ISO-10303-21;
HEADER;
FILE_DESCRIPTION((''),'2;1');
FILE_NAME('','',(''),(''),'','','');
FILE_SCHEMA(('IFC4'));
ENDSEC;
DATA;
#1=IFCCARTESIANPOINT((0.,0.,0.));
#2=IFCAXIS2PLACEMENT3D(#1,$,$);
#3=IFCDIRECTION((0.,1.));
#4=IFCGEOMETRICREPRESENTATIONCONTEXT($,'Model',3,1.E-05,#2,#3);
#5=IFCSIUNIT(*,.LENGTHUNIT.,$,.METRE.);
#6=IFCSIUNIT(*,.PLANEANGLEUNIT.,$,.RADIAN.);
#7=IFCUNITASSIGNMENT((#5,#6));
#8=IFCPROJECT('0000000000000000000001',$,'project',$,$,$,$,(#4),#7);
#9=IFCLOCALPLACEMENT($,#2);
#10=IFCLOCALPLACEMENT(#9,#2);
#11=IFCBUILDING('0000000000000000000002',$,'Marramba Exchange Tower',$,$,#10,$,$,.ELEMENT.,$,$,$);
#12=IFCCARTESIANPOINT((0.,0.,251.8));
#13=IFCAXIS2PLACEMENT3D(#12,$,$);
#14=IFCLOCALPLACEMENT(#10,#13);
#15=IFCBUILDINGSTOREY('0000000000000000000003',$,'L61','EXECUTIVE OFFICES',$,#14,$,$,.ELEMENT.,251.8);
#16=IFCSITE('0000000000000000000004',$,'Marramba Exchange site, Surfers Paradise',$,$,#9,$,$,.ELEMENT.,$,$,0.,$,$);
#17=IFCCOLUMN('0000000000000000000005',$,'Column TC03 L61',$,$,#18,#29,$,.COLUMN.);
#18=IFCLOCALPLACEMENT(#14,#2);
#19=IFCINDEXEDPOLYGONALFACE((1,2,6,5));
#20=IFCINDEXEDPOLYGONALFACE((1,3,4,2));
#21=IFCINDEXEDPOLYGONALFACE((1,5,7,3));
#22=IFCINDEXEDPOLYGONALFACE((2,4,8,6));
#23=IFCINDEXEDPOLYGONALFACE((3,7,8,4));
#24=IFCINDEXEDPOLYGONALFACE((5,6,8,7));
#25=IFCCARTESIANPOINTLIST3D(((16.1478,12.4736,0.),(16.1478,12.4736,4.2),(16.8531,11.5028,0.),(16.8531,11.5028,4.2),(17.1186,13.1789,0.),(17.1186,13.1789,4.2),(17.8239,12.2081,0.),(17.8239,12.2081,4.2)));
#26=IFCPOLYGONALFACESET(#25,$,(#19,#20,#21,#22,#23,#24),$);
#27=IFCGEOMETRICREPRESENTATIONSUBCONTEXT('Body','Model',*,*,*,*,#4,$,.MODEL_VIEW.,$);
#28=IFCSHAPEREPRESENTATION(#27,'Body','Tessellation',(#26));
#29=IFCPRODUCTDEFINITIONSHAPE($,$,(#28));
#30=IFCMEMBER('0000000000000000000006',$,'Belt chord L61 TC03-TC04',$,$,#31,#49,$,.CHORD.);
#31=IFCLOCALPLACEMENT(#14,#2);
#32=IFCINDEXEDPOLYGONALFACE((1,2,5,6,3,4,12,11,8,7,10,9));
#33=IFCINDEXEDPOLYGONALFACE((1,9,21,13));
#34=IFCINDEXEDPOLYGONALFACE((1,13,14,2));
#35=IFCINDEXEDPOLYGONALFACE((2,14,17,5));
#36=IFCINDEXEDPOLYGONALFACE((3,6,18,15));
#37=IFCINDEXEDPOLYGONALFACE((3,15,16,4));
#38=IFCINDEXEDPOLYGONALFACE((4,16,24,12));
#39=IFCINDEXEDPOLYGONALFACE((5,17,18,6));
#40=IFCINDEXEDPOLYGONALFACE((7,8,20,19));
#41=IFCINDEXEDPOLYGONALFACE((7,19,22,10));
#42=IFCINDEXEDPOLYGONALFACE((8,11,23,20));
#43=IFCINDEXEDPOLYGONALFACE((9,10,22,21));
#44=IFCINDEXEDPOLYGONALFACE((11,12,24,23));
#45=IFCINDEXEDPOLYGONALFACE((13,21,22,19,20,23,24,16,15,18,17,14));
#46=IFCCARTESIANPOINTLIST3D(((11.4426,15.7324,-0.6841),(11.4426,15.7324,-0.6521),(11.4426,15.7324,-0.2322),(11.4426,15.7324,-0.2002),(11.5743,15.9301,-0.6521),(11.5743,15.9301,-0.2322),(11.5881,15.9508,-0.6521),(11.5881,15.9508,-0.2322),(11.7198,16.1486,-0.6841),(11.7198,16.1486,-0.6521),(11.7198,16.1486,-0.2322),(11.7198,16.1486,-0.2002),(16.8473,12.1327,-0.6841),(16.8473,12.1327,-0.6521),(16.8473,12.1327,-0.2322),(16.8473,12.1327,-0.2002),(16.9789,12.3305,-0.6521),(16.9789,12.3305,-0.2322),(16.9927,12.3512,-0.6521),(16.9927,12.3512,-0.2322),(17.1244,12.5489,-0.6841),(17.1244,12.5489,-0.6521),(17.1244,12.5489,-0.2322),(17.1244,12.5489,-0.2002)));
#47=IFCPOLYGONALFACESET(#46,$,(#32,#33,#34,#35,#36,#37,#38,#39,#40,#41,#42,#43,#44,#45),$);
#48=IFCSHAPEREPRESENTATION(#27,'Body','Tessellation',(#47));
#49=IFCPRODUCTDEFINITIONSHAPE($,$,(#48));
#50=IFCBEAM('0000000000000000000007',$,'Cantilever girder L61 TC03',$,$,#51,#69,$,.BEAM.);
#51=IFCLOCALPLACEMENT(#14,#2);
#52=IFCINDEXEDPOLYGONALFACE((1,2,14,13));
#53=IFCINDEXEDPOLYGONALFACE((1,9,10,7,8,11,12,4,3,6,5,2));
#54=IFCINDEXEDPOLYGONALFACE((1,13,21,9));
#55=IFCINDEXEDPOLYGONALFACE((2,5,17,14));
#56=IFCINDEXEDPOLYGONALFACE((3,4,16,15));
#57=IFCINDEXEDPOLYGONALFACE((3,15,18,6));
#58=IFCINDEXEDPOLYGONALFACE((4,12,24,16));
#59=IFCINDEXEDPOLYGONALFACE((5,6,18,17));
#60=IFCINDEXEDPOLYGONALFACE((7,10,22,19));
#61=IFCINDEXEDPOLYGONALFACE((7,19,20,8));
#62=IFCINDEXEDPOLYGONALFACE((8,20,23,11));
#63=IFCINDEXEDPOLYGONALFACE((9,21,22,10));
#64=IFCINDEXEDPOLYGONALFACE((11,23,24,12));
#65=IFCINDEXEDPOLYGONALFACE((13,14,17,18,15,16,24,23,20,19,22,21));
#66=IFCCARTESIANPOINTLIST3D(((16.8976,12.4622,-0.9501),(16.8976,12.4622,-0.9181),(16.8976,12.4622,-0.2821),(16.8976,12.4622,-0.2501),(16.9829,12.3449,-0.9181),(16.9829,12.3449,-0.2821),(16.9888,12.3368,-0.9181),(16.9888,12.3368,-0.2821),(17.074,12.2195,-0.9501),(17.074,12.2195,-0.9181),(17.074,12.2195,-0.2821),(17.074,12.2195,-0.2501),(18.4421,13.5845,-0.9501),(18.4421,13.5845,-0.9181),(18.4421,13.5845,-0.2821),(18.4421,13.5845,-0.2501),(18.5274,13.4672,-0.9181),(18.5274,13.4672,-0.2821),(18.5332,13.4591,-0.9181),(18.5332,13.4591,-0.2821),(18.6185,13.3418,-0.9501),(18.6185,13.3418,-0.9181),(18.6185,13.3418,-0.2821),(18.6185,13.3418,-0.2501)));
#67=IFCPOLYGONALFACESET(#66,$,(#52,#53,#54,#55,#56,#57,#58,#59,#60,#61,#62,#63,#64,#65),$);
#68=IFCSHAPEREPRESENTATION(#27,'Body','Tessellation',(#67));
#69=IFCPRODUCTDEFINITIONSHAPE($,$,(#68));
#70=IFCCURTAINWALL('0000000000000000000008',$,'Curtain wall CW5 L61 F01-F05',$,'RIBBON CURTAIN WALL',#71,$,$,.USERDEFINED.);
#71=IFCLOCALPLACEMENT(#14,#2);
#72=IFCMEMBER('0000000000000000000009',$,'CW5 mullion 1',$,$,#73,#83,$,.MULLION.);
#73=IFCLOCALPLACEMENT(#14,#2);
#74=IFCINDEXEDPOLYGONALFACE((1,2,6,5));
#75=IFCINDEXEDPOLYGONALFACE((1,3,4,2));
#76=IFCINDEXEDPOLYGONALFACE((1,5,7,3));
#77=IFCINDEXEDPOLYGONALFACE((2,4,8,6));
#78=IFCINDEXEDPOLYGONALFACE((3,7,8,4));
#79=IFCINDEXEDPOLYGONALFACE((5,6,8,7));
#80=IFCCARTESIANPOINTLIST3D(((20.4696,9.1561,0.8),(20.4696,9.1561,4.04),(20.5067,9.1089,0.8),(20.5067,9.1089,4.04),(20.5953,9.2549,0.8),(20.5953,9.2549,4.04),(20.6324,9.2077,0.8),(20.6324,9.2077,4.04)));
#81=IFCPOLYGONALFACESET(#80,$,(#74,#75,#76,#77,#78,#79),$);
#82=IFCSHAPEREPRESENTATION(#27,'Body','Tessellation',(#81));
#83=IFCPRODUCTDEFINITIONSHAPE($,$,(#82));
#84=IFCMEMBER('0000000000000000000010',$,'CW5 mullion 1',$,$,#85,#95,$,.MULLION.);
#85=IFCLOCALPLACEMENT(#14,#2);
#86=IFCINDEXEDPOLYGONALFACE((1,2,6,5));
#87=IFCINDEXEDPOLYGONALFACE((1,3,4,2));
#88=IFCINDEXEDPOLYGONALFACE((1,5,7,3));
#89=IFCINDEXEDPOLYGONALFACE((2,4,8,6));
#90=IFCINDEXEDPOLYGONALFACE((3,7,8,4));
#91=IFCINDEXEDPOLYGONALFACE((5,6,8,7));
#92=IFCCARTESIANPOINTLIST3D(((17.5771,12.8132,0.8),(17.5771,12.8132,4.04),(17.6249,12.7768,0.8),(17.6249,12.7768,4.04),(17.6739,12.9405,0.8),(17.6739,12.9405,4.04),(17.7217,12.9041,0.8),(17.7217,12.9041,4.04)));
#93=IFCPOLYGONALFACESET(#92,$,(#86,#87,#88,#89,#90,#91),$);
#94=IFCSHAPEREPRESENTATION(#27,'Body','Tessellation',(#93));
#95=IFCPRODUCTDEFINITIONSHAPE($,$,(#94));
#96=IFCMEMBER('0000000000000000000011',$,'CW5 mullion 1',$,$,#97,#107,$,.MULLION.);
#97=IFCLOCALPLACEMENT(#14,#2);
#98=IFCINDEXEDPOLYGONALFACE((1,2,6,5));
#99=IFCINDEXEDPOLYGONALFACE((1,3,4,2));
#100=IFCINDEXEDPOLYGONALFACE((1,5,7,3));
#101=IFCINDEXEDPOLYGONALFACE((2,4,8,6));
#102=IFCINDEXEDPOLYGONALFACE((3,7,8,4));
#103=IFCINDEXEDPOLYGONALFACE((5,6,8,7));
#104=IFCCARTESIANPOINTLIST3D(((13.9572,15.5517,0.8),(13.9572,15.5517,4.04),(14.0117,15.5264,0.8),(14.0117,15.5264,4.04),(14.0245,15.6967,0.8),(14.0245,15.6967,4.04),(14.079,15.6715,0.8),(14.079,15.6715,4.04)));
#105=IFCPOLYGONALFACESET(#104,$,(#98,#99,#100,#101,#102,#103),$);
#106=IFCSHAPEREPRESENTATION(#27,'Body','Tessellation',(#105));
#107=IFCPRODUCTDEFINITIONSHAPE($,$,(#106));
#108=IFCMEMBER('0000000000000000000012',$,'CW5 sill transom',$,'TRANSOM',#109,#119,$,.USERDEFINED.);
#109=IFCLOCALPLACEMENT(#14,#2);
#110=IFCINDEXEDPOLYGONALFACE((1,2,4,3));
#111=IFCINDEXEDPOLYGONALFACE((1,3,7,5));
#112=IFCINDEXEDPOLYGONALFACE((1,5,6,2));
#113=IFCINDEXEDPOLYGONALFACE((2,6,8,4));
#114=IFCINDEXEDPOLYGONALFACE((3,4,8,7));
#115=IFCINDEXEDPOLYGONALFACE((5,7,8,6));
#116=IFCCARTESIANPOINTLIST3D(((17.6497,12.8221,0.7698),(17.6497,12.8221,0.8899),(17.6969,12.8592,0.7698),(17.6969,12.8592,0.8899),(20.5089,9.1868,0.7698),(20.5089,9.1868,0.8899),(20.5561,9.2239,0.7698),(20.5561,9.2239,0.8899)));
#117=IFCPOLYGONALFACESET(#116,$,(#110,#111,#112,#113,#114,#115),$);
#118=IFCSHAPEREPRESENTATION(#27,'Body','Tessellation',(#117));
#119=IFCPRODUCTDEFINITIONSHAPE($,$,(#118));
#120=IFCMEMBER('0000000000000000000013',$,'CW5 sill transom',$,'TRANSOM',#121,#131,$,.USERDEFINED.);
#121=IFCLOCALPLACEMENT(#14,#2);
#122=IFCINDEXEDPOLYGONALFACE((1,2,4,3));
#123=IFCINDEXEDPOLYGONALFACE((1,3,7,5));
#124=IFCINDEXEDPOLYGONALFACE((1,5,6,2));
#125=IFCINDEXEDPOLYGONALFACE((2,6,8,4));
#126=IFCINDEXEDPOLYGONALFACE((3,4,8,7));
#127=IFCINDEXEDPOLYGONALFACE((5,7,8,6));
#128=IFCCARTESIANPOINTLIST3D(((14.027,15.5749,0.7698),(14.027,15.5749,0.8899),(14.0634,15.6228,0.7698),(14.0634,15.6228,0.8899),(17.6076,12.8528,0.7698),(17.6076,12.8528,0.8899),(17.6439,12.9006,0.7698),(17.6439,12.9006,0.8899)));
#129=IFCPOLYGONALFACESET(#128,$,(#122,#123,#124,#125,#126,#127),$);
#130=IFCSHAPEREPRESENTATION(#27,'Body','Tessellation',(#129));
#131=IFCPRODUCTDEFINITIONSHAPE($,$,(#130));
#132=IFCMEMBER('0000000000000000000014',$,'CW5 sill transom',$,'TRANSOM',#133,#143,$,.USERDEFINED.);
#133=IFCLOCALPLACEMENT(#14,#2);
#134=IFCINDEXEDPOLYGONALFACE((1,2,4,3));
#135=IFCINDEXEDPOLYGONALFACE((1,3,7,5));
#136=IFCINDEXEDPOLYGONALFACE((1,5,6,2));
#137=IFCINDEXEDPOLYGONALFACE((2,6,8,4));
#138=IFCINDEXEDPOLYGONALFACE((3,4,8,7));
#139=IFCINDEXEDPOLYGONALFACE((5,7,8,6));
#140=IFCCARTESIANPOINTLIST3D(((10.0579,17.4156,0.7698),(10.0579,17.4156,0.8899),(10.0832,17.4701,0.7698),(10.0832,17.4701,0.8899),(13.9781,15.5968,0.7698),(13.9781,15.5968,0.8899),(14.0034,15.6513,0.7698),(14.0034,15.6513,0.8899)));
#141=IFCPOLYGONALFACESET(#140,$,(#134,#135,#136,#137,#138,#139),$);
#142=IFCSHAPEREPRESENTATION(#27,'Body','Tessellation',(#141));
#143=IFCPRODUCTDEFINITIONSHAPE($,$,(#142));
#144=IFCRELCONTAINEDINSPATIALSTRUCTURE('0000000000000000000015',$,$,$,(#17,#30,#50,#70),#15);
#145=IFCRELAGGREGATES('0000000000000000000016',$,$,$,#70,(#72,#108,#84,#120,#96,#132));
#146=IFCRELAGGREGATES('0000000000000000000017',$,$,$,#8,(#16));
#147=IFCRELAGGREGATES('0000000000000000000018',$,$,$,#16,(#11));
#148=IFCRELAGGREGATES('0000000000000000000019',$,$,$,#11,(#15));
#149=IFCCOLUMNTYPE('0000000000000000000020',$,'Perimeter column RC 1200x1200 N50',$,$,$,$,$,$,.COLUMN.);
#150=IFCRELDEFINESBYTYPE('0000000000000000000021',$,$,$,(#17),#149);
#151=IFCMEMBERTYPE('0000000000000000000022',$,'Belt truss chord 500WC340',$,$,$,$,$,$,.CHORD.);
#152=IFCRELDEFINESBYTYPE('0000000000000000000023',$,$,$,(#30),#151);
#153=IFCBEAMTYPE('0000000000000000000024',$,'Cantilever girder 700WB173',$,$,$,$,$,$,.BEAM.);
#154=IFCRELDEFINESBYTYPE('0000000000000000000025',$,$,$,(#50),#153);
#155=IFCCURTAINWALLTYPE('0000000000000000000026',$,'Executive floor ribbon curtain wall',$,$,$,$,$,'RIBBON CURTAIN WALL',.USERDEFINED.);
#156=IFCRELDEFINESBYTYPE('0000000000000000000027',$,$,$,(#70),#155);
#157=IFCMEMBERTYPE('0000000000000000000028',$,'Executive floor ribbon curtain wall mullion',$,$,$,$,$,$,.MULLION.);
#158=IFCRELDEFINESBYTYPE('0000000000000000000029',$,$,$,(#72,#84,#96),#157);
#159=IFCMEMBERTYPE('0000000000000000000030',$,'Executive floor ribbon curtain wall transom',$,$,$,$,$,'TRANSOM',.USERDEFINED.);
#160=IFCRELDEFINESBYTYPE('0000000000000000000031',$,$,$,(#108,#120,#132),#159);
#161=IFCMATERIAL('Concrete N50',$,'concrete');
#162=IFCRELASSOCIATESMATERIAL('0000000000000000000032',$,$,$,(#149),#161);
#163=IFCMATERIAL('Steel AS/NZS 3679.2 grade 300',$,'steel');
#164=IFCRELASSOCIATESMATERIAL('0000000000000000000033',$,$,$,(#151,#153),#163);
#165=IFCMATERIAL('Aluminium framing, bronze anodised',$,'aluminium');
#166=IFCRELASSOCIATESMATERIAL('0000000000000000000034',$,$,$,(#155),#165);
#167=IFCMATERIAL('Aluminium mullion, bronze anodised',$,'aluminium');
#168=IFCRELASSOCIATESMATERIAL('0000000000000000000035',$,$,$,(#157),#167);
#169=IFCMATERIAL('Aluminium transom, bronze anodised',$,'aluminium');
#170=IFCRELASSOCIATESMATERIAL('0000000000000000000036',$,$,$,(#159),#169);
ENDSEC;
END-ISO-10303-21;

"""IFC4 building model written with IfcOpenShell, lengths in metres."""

from ifc_helpers import new_model, si_unit, direction, frame, origin, origin_2d, place, context, subcontext, project, spatial, rectangle, i_section, extrude, material, material_profile, profile_set, type_object, element, aggregate, save


model = new_model("IFC4")

# Units and contexts
model_context = context("Model", 3, precision=1e-05, world=origin(), true_north=direction((0.0, 1.0)))
body_context = subcontext(model_context, "Body", "Model", "MODEL_VIEW")
ifc_project = project(units=[si_unit("LENGTHUNIT", "METRE"), si_unit("PLANEANGLEUNIT", "RADIAN")], contexts=[model_context])

# Site, building, storey
site_placement = place(None, origin())
site = spatial("IfcSite", under=ifc_project, at=site_placement, Name="Marramba Exchange site, Surfers Paradise", CompositionType="ELEMENT", RefElevation=0.0)
building_placement = place(site_placement, origin())
building = spatial("IfcBuilding", under=site, at=building_placement, Name="Marramba Exchange Tower", CompositionType="ELEMENT")
storey_placement = place(building_placement, frame((0.0, 0.0, 251.8)))
storey = spatial("IfcBuildingStorey", under=building, at=storey_placement, Name="L61", Description="EXECUTIVE OFFICES", CompositionType="ELEMENT", Elevation=251.8)

# Column
ifc_material_1 = material(Name="Concrete N50", Category="concrete")
ifc_material_profile_1 = material_profile(ifc_material_1, rectangle(XDim=1.2, YDim=1.2, at=origin_2d()), Name="RC 1200x1200")
ifc_profile_set_1 = profile_set([ifc_material_profile_1], Name="Concrete N50")
column_type = type_object("IfcColumnType", Name="Perimeter column RC 1200x1200 N50", PredefinedType="COLUMN", material=ifc_profile_set_1)
column_placement = place(storey_placement, frame((16.9858, 12.3408, 0.0), z_axis=(0.0, 0.0, 1.0), x_axis=(0.809017, 0.587785, 0.0)))
element("IfcColumn", 1, at=column_placement, inside=storey, type_object=column_type, Name="Column TC03 L61", PredefinedType="COLUMN", context=body_context, shape_type="SweptSolid", body=[
    extrude(rectangle(XDim=1.2, YDim=1.2, at=origin_2d()), origin(), (0.0, 0.0, 1.0), 4.2),
])

# Member
ifc_material_2 = material(Name="Steel AS/NZS 3679.2 grade 300", Category="steel")
ifc_material_profile_2 = material_profile(ifc_material_2, i_section(OverallWidth=0.5, OverallDepth=0.4839, WebThickness=0.0249, FlangeThickness=0.032, at=origin_2d()), Name="500WC340")
ifc_profile_set_2 = profile_set([ifc_material_profile_2], Name="Steel AS/NZS 3679.2 grade 300")
member_type_1 = type_object("IfcMemberType", Name="Belt truss chord 500WC340", PredefinedType="CHORD", material=ifc_profile_set_2)
member_1_placement = place(storey_placement, frame((16.9858, 12.3408, -0.4421), z_axis=(-0.832293, 0.554336, 0.0), x_axis=(-0.554336, -0.832293, 0.0)))
element("IfcMember", 2, at=member_1_placement, inside=storey, type_object=member_type_1, Name="Belt chord L61 TC03-TC04", PredefinedType="CHORD", context=body_context, shape_type="SweptSolid", body=[
    extrude(i_section(OverallWidth=0.5, OverallDepth=0.4839, WebThickness=0.0249, FlangeThickness=0.032, at=origin_2d()), origin(), (0.0, 0.0, 1.0), 6.4937),
])

# Beam
ifc_material_profile_3 = material_profile(ifc_material_2, i_section(OverallWidth=0.3, OverallDepth=0.7, WebThickness=0.01, FlangeThickness=0.032, at=origin_2d()), Name="700WB173")
ifc_profile_set_3 = profile_set([ifc_material_profile_3], Name="Steel AS/NZS 3679.2 grade 300")
beam_type_1 = type_object("IfcBeamType", Name="Cantilever girder 700WB173", PredefinedType="BEAM", material=ifc_profile_set_3)
beam_1_placement = place(storey_placement, frame((16.9858, 12.3408, -0.6001), z_axis=(0.808963, 0.58786, 0.0), x_axis=(-0.58786, 0.808963, 0.0)))
element("IfcBeam", 3, at=beam_1_placement, inside=storey, type_object=beam_type_1, Name="Cantilever girder L61 TC03", PredefinedType="BEAM", context=body_context, shape_type="SweptSolid", body=[
    extrude(i_section(OverallWidth=0.3, OverallDepth=0.7, WebThickness=0.01, FlangeThickness=0.032, at=origin_2d()), origin(), (0.0, 0.0, 1.0), 1.9092),
])

# Curtain wall, members
ifc_material_3 = material(Name="Aluminium framing, bronze anodised", Category="aluminium")
curtain_wall_type = type_object("IfcCurtainWallType", Name="Executive floor ribbon curtain wall", ElementType="RIBBON CURTAIN WALL", PredefinedType="USERDEFINED", material=ifc_material_3)
curtain_wall_placement = place(storey_placement, origin())
curtain_wall = element("IfcCurtainWall", 4, at=curtain_wall_placement, inside=storey, type_object=curtain_wall_type, Name="Curtain wall CW5 L61 F01-F05", ObjectType="RIBBON CURTAIN WALL", PredefinedType="USERDEFINED")
ifc_material_4 = material(Name="Aluminium mullion, bronze anodised", Category="aluminium")
ifc_material_profile_4 = material_profile(ifc_material_4, rectangle(XDim=0.1599, YDim=0.0601, at=origin_2d()), Name="CW5 mullion 60x160")
ifc_profile_set_4 = profile_set([ifc_material_profile_4], Name="Aluminium mullion, bronze anodised")
member_type_2 = type_object("IfcMemberType", Name="Executive floor ribbon curtain wall mullion", PredefinedType="MULLION", material=ifc_profile_set_4)
member_2_placement = place(storey_placement, frame((20.551, 9.1819, 0.8), z_axis=(0.0, 0.0, 1.0), x_axis=(-0.786003, -0.618223, 0.0)))
member_2 = element("IfcMember", 5, at=member_2_placement, type_object=member_type_2, Name="CW5 mullion 1", PredefinedType="MULLION", context=body_context, shape_type="SweptSolid", body=[
    extrude(rectangle(XDim=0.1599, YDim=0.0601, at=origin_2d()), origin(), (0.0, 0.0, 1.0), 3.24),
])
member_3_placement = place(storey_placement, frame((17.6494, 12.8586, 0.8), z_axis=(0.0, 0.0, 1.0), x_axis=(-0.605219, -0.796059, 0.0)))
member_3 = element("IfcMember", 6, at=member_3_placement, type_object=member_type_2, Name="CW5 mullion 1", PredefinedType="MULLION", context=body_context, shape_type="SweptSolid", body=[
    extrude(rectangle(XDim=0.1599, YDim=0.0601, at=origin_2d()), origin(), (0.0, 0.0, 1.0), 3.24),
])
member_4_placement = place(storey_placement, frame((14.0181, 15.6116, 0.8), z_axis=(0.0, 0.0, 1.0), x_axis=(-0.420849, -0.907131, 0.0)))
member_4 = element("IfcMember", 7, at=member_4_placement, type_object=member_type_2, Name="CW5 mullion 1", PredefinedType="MULLION", context=body_context, shape_type="SweptSolid", body=[
    extrude(rectangle(XDim=0.1599, YDim=0.0601, at=origin_2d()), origin(), (0.0, 0.0, 1.0), 3.24),
])
ifc_material_5 = material(Name="Aluminium transom, bronze anodised", Category="aluminium")
ifc_material_profile_5 = material_profile(ifc_material_5, rectangle(XDim=0.0601, YDim=0.1201, at=origin_2d()), Name="CW5 transom 60x120")
ifc_profile_set_5 = profile_set([ifc_material_profile_5], Name="Aluminium transom, bronze anodised")
member_type_3 = type_object("IfcMemberType", Name="Executive floor ribbon curtain wall transom", ElementType="TRANSOM", PredefinedType="USERDEFINED", material=ifc_profile_set_5)
member_5_placement = place(storey_placement, frame((20.5325, 9.2053, 0.8298), z_axis=(-0.618204, 0.786018, 0.0), x_axis=(-0.786018, -0.618204, 0.0)))
member_5 = element("IfcMember", 8, at=member_5_placement, type_object=member_type_3, Name="CW5 sill transom", ObjectType="TRANSOM", PredefinedType="USERDEFINED", context=body_context, shape_type="SweptSolid", body=[
    extrude(rectangle(XDim=0.0601, YDim=0.1201, at=origin_2d()), origin(), (0.0, 0.0, 1.0), 4.625),
])
member_6_placement = place(storey_placement, frame((17.6257, 12.8767, 0.8298), z_axis=(-0.796062, 0.605215, 0.0), x_axis=(-0.605215, -0.796062, 0.0)))
member_6 = element("IfcMember", 9, at=member_6_placement, type_object=member_type_3, Name="CW5 sill transom", ObjectType="TRANSOM", PredefinedType="USERDEFINED", context=body_context, shape_type="SweptSolid", body=[
    extrude(rectangle(XDim=0.0601, YDim=0.1201, at=origin_2d()), origin(), (0.0, 0.0, 1.0), 4.4978),
])
member_7_placement = place(storey_placement, frame((13.9907, 15.624, 0.8298), z_axis=(-0.907118, 0.420877, 0.0), x_axis=(-0.420877, -0.907118, 0.0)))
member_7 = element("IfcMember", 10, at=member_7_placement, type_object=member_type_3, Name="CW5 sill transom", ObjectType="TRANSOM", PredefinedType="USERDEFINED", context=body_context, shape_type="SweptSolid", body=[
    extrude(rectangle(XDim=0.0601, YDim=0.1201, at=origin_2d()), origin(), (0.0, 0.0, 1.0), 4.3215),
])

aggregate(curtain_wall, [member_2, member_5, member_3, member_6, member_4, member_7])

save(model, "model.ifc")
